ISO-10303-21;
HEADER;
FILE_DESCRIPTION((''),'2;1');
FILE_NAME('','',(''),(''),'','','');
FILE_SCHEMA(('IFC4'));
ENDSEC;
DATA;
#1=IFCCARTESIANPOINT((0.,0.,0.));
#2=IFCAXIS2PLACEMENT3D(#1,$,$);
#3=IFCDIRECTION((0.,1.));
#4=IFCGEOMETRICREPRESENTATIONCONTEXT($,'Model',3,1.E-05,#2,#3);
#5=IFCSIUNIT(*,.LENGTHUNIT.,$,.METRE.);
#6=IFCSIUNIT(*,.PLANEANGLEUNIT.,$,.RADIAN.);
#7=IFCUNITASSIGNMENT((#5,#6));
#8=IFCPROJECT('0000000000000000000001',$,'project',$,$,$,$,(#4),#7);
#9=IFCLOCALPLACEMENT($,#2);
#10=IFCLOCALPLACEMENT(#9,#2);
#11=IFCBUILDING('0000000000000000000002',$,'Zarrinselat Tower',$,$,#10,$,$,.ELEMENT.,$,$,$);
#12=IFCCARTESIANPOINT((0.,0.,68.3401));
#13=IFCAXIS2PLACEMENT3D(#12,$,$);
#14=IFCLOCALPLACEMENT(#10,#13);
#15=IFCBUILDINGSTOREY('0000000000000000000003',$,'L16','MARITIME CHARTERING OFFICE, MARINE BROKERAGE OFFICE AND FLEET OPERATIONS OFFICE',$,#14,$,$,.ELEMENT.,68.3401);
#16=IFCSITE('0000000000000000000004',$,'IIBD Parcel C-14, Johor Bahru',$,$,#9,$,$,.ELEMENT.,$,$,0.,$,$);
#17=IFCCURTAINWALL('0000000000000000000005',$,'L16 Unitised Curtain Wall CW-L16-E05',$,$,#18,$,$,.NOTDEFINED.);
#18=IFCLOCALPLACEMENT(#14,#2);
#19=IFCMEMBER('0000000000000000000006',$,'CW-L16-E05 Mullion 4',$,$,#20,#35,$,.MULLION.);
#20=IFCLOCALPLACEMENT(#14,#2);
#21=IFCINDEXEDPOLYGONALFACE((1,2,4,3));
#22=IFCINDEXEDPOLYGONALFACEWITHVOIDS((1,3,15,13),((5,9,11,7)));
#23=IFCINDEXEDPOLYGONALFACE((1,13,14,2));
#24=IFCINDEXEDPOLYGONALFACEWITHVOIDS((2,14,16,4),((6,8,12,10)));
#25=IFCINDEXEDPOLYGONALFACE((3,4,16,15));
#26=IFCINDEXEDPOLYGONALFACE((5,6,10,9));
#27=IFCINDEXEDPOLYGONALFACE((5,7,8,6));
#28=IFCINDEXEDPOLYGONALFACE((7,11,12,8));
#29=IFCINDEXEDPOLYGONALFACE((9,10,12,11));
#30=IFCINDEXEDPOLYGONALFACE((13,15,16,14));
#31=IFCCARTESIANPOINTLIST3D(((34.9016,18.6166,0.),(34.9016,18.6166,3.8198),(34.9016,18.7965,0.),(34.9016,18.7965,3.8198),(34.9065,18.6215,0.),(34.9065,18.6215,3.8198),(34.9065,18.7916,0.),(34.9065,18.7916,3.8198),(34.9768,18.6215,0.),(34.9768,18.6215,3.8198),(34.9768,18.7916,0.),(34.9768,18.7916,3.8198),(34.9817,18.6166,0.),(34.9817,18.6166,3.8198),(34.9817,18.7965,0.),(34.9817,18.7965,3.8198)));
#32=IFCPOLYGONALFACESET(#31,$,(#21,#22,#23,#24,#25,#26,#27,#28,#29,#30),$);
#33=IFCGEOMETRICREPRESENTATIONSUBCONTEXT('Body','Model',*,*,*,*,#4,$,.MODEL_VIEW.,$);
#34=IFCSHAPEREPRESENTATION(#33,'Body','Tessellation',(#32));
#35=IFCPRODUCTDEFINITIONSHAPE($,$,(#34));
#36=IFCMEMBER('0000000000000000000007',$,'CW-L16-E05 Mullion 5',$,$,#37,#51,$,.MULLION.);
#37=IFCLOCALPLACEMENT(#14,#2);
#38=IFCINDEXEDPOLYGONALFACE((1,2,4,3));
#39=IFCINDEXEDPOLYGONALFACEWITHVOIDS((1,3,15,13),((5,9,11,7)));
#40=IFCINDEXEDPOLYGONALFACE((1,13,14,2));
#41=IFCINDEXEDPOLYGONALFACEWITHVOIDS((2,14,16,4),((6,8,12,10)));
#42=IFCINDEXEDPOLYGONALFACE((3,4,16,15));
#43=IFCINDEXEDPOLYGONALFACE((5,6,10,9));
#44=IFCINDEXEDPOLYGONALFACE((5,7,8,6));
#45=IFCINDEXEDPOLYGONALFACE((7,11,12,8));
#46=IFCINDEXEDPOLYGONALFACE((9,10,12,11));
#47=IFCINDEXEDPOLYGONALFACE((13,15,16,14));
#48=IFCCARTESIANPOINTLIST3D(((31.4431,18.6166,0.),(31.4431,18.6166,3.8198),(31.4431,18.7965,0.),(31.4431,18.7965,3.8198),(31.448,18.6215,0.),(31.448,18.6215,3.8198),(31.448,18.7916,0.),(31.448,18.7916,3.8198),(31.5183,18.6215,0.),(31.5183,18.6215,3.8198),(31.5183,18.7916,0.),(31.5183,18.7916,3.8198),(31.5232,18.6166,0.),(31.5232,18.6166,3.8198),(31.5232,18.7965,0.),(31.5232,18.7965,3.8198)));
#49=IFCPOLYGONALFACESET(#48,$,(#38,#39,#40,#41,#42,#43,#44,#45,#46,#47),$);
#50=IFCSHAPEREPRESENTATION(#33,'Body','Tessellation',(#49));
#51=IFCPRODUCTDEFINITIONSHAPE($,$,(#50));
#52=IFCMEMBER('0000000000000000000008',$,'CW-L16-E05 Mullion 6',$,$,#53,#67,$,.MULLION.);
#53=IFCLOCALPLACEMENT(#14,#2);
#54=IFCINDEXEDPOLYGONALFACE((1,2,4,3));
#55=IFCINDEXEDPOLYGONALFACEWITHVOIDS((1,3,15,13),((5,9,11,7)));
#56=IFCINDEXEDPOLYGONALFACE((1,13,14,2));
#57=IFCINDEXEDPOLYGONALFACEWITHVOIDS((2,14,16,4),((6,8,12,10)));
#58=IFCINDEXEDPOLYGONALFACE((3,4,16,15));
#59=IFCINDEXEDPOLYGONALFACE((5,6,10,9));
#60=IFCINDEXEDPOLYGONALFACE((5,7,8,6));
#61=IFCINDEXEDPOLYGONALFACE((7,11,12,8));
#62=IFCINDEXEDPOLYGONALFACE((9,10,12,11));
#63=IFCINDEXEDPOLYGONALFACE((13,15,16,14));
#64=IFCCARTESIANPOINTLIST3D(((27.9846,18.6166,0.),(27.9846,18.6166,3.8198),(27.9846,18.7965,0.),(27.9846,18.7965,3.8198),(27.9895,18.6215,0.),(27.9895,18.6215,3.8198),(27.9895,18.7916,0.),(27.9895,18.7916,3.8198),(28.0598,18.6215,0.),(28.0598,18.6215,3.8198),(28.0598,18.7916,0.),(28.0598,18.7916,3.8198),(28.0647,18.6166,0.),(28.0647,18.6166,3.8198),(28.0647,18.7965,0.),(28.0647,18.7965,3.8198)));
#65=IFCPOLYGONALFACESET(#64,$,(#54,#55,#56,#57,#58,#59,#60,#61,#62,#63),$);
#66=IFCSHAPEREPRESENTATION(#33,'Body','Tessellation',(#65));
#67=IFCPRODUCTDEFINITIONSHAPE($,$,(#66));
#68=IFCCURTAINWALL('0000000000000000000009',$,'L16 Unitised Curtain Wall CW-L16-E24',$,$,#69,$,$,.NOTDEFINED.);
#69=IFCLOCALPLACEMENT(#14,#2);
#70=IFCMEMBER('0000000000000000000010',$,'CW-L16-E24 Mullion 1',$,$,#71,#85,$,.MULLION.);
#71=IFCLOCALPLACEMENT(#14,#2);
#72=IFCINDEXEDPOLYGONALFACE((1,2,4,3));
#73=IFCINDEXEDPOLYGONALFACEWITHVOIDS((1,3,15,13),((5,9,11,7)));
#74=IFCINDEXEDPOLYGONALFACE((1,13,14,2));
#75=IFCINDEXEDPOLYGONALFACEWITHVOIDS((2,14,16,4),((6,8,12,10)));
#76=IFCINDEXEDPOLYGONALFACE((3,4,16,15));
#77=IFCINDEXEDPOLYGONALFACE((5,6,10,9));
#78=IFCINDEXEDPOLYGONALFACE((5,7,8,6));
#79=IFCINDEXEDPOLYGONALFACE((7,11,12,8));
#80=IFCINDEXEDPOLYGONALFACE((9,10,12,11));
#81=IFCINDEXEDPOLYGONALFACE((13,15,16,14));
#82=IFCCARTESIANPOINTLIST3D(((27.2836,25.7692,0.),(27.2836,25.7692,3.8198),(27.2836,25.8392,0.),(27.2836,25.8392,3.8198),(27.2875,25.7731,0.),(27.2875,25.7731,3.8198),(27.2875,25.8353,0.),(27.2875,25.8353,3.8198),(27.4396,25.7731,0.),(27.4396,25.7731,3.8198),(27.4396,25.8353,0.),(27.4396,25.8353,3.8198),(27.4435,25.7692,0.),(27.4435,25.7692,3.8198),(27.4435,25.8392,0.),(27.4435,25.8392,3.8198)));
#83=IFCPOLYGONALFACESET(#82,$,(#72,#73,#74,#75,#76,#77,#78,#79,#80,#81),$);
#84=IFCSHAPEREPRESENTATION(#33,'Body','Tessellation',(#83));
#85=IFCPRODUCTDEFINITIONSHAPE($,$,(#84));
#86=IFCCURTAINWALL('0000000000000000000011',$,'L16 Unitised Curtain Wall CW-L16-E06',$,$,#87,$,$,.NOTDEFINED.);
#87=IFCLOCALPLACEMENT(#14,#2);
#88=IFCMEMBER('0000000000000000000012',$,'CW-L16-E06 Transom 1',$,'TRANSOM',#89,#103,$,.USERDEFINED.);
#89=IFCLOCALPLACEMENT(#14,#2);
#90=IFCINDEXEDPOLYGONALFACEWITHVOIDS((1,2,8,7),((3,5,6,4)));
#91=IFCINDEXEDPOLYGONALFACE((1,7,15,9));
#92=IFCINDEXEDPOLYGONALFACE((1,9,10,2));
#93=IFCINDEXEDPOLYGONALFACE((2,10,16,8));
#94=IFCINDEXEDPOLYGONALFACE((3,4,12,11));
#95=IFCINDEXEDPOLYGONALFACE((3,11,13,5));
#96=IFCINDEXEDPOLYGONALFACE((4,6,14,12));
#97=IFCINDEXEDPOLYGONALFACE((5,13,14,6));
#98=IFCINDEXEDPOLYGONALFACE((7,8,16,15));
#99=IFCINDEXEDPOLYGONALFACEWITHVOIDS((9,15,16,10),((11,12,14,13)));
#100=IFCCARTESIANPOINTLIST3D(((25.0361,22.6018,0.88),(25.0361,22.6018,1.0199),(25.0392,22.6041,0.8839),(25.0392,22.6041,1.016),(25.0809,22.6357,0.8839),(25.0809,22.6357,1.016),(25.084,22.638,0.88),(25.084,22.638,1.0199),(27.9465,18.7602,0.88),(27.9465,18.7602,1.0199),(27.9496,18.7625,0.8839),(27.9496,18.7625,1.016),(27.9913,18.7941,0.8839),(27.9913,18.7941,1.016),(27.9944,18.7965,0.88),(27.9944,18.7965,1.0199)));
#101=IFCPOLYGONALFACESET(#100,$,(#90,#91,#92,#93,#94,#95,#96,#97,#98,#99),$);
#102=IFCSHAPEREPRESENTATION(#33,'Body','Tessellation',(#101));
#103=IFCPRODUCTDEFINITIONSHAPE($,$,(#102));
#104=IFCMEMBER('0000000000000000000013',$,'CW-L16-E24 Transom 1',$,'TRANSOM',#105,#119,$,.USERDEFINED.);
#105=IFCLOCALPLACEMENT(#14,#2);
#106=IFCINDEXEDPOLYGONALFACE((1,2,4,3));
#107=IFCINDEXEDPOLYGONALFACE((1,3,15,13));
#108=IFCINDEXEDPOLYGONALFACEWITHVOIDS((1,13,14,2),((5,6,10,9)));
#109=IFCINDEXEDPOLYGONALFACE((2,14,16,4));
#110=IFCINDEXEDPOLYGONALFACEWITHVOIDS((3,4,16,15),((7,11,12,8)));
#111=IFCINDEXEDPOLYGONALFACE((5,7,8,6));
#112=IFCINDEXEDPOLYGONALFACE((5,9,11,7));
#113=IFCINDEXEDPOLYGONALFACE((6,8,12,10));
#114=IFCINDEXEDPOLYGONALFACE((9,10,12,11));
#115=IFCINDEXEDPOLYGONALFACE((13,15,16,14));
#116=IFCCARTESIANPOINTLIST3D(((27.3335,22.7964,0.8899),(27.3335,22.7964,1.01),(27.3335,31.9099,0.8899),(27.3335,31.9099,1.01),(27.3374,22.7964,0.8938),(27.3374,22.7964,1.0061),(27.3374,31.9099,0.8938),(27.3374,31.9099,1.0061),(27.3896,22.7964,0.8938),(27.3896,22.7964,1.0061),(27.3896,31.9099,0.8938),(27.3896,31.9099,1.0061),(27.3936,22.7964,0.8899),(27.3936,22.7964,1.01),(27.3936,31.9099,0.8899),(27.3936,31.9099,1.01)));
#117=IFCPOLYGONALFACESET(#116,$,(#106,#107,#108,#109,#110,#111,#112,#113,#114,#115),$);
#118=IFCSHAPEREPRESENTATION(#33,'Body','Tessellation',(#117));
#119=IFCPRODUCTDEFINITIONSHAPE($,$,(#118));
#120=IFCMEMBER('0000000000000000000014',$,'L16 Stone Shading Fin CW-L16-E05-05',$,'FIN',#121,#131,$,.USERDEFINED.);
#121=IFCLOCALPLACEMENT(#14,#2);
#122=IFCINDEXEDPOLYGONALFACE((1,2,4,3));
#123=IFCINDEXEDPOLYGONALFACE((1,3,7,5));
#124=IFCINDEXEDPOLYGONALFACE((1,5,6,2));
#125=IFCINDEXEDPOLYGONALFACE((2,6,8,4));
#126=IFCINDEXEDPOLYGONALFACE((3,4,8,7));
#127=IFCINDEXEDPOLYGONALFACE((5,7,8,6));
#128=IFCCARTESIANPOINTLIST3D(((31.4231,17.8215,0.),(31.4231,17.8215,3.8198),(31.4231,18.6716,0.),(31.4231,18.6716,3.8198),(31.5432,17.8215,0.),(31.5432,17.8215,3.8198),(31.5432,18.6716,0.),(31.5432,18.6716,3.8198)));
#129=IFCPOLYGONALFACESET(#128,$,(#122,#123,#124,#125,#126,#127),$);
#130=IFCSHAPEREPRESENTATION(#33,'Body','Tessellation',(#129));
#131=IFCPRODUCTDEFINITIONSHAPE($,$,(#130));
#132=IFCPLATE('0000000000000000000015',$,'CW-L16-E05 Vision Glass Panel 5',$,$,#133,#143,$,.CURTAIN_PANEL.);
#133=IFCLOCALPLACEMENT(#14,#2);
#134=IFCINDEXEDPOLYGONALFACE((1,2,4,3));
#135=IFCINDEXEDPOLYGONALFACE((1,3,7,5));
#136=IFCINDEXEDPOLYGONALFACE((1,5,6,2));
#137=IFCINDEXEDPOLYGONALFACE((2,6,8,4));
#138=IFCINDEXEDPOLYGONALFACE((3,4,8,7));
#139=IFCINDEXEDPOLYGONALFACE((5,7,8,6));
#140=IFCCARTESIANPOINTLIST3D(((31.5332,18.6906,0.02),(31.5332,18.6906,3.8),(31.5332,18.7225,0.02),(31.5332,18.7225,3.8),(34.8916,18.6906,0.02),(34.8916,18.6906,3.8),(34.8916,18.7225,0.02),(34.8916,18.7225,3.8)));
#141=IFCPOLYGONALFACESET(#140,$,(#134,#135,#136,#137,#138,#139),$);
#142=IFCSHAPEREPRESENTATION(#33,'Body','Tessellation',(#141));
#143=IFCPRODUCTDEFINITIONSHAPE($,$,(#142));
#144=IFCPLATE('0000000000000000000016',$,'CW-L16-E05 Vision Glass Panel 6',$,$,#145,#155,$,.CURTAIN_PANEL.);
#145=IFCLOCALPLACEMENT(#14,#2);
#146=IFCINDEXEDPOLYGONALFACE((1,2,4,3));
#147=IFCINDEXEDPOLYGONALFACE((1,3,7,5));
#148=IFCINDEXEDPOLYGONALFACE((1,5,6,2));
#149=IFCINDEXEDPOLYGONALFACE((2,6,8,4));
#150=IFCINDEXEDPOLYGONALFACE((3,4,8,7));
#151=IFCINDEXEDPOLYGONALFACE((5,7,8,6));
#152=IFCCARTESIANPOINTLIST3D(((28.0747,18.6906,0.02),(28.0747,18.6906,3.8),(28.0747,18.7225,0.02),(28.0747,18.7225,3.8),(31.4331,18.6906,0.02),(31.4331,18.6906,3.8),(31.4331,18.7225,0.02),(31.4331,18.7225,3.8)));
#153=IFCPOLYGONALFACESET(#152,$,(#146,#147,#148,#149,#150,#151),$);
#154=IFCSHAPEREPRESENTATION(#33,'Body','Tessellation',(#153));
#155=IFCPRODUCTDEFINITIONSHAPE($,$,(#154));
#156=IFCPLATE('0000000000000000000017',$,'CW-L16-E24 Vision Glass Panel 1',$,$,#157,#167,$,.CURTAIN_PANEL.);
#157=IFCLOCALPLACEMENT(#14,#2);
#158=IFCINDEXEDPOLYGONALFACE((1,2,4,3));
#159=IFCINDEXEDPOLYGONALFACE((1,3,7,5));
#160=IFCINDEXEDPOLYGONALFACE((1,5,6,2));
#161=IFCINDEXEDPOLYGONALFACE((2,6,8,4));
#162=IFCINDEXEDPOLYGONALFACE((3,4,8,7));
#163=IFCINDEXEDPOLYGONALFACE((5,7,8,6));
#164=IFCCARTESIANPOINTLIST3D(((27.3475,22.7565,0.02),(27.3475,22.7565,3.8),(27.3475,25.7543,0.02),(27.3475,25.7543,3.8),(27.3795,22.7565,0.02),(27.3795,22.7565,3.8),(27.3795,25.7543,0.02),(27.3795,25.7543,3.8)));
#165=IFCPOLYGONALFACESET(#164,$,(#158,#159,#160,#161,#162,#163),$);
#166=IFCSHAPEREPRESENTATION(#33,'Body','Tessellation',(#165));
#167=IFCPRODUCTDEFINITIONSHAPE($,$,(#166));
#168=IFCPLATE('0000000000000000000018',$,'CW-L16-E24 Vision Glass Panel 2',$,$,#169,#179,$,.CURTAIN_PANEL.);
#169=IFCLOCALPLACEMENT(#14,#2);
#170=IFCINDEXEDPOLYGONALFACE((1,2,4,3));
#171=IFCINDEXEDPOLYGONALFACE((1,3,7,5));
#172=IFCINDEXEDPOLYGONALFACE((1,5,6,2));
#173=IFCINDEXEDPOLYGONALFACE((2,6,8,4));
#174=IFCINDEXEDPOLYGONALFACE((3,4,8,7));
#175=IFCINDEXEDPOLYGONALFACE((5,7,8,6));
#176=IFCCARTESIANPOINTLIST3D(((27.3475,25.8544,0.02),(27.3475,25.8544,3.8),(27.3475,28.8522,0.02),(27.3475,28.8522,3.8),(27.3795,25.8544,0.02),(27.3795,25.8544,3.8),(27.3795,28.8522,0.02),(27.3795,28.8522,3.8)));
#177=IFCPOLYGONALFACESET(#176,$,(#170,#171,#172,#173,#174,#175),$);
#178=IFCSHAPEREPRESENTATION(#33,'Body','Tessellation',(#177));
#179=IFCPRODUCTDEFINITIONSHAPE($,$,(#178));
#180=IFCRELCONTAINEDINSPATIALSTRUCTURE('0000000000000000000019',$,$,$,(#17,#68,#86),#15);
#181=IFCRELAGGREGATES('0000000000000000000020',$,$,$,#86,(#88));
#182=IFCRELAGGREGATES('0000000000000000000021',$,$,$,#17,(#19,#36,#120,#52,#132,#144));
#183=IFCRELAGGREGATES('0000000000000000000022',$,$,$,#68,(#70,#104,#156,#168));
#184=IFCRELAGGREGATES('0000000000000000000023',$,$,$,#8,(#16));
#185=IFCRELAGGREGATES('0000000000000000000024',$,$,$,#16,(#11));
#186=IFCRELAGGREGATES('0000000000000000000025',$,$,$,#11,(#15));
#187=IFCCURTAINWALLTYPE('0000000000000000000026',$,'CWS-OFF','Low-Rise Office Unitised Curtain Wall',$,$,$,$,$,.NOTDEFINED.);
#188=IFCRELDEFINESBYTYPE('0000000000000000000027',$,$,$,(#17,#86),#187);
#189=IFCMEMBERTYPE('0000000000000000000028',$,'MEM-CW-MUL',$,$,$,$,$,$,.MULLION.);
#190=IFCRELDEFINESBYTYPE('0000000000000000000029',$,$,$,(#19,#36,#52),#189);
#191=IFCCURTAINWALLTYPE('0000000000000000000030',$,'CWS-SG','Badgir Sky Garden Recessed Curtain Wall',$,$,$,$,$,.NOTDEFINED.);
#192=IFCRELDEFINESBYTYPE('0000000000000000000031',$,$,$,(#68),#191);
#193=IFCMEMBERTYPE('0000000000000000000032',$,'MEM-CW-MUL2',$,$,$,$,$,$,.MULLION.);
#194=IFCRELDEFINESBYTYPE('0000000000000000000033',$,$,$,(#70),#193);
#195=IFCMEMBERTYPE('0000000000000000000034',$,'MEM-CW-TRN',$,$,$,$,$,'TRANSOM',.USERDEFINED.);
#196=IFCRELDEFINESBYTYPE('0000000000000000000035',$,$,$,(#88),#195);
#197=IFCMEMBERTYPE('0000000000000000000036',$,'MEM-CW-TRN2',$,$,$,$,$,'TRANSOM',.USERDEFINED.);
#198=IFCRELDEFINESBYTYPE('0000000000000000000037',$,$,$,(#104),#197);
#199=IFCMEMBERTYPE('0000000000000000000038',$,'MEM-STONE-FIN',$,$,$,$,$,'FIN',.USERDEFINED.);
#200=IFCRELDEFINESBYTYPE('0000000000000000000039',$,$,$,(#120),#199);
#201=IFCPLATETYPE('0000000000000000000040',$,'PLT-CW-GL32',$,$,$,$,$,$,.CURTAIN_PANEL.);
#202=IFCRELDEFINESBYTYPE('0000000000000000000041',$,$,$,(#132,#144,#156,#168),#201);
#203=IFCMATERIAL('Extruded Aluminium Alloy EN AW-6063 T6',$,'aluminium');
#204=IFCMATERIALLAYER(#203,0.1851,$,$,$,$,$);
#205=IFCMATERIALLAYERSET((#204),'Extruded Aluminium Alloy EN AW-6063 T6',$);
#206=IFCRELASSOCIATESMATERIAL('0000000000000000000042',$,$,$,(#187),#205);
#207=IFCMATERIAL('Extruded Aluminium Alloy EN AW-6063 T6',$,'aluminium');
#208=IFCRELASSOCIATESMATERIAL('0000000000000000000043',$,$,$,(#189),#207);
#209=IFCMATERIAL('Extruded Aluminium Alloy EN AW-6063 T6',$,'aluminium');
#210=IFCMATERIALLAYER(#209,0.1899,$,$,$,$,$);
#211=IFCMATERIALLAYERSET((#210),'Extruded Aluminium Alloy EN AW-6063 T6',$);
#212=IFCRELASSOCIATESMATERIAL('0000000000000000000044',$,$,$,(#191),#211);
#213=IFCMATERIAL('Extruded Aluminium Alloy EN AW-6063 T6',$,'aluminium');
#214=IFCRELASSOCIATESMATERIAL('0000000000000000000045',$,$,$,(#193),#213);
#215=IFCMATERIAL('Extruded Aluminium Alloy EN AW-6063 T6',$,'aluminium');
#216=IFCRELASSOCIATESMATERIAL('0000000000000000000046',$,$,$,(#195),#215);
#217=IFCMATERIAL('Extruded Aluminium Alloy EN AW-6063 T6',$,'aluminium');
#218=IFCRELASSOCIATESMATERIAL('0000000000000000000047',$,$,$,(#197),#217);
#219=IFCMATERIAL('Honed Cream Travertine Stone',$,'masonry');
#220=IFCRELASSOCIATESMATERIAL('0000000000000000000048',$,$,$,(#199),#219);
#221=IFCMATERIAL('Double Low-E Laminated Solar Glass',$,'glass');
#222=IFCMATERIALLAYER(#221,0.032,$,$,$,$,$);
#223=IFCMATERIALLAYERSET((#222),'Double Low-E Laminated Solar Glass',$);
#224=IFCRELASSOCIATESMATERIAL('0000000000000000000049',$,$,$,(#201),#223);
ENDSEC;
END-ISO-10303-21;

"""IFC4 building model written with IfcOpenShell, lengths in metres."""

from ifc_helpers import new_model, si_unit, direction, frame, origin, origin_2d, place, context, subcontext, project, spatial, rectangle, hollow_rectangle, extrude, material, layer, layer_set, material_profile, profile_set, type_object, element, aggregate, save


model = new_model("IFC4")

# Units and contexts
model_context = context("Model", 3, precision=1e-05, world=origin(), true_north=direction((0.0, 1.0)))
body_context = subcontext(model_context, "Body", "Model", "MODEL_VIEW")
ifc_project = project(units=[si_unit("LENGTHUNIT", "METRE"), si_unit("PLANEANGLEUNIT", "RADIAN")], contexts=[model_context])

# Site, building, storey
site_placement = place(None, origin())
site = spatial("IfcSite", under=ifc_project, at=site_placement, Name="IIBD Parcel C-14, Johor Bahru", CompositionType="ELEMENT", RefElevation=0.0)
building_placement = place(site_placement, origin())
building = spatial("IfcBuilding", under=site, at=building_placement, Name="Zarrinselat Tower", CompositionType="ELEMENT")
storey_placement = place(building_placement, frame((0.0, 0.0, 68.3401)))
storey = spatial("IfcBuildingStorey", under=building, at=storey_placement, Name="L16", Description="MARITIME CHARTERING OFFICE, MARINE BROKERAGE OFFICE AND FLEET OPERATIONS OFFICE", CompositionType="ELEMENT", Elevation=68.3401)

# Curtain wall, members
ifc_material_1 = material(Name="Extruded Aluminium Alloy EN AW-6063 T6", Category="aluminium")
ifc_layer_1 = layer(ifc_material_1, 0.1851)
ifc_layer_set_1 = layer_set([ifc_layer_1], Name="Extruded Aluminium Alloy EN AW-6063 T6")
curtain_wall_type_1 = type_object("IfcCurtainWallType", Name="CWS-OFF", Description="Low-Rise Office Unitised Curtain Wall", PredefinedType="NOTDEFINED", material=ifc_layer_set_1)
curtain_wall_1_placement = place(storey_placement, origin())
curtain_wall_1 = element("IfcCurtainWall", 1, at=curtain_wall_1_placement, inside=storey, type_object=curtain_wall_type_1, Name="L16 Unitised Curtain Wall CW-L16-E05", PredefinedType="NOTDEFINED")
ifc_material_2 = material(Name="Extruded Aluminium Alloy EN AW-6063 T6", Category="aluminium")
ifc_material_profile_1 = material_profile(ifc_material_2, hollow_rectangle(XDim=0.0801, YDim=0.1799, WallThickness=0.0049, at=origin_2d()), Name="RHS 180x80x5")
ifc_profile_set_1 = profile_set([ifc_material_profile_1], Name="Extruded Aluminium Alloy EN AW-6063 T6")
member_type_1 = type_object("IfcMemberType", Name="MEM-CW-MUL", PredefinedType="MULLION", material=ifc_profile_set_1)
member_1_placement = place(storey_placement, frame((34.9417, 18.7065, 0.0), z_axis=(0.0, 0.0, 1.0), x_axis=(-1.0, 0.0, 0.0)))
member_1 = element("IfcMember", 2, at=member_1_placement, type_object=member_type_1, Name="CW-L16-E05 Mullion 4", PredefinedType="MULLION", context=body_context, shape_type="SweptSolid", body=[
    extrude(hollow_rectangle(XDim=0.0801, YDim=0.1799, WallThickness=0.0049, at=origin_2d()), origin(), (0.0, 0.0, 1.0), 3.8198),
])
member_2_placement = place(storey_placement, frame((31.4832, 18.7065, 0.0), z_axis=(0.0, 0.0, 1.0), x_axis=(-1.0, 0.0, 0.0)))
member_2 = element("IfcMember", 3, at=member_2_placement, type_object=member_type_1, Name="CW-L16-E05 Mullion 5", PredefinedType="MULLION", context=body_context, shape_type="SweptSolid", body=[
    extrude(hollow_rectangle(XDim=0.0801, YDim=0.1799, WallThickness=0.0049, at=origin_2d()), origin(), (0.0, 0.0, 1.0), 3.8198),
])
member_3_placement = place(storey_placement, frame((28.0247, 18.7065, 0.0), z_axis=(0.0, 0.0, 1.0), x_axis=(-1.0, 0.0, 0.0)))
member_3 = element("IfcMember", 4, at=member_3_placement, type_object=member_type_1, Name="CW-L16-E05 Mullion 6", PredefinedType="MULLION", context=body_context, shape_type="SweptSolid", body=[
    extrude(hollow_rectangle(XDim=0.0801, YDim=0.1799, WallThickness=0.0049, at=origin_2d()), origin(), (0.0, 0.0, 1.0), 3.8198),
])

# Curtain walls, members
ifc_material_3 = material(Name="Extruded Aluminium Alloy EN AW-6063 T6", Category="aluminium")
ifc_layer_2 = layer(ifc_material_3, 0.1899)
ifc_layer_set_2 = layer_set([ifc_layer_2], Name="Extruded Aluminium Alloy EN AW-6063 T6")
curtain_wall_type_2 = type_object("IfcCurtainWallType", Name="CWS-SG", Description="Badgir Sky Garden Recessed Curtain Wall", PredefinedType="NOTDEFINED", material=ifc_layer_set_2)
curtain_wall_2_placement = place(storey_placement, origin())
curtain_wall_2 = element("IfcCurtainWall", 5, at=curtain_wall_2_placement, inside=storey, type_object=curtain_wall_type_2, Name="L16 Unitised Curtain Wall CW-L16-E24", PredefinedType="NOTDEFINED")
ifc_material_4 = material(Name="Extruded Aluminium Alloy EN AW-6063 T6", Category="aluminium")
ifc_material_profile_2 = material_profile(ifc_material_4, hollow_rectangle(XDim=0.0701, YDim=0.1599, WallThickness=0.0039, at=origin_2d()), Name="RHS 160x70x4")
ifc_profile_set_2 = profile_set([ifc_material_profile_2], Name="Extruded Aluminium Alloy EN AW-6063 T6")
member_type_2 = type_object("IfcMemberType", Name="MEM-CW-MUL2", PredefinedType="MULLION", material=ifc_profile_set_2)
member_4_placement = place(storey_placement, frame((27.3635, 25.8042, 0.0), z_axis=(0.0, 0.0, 1.0), x_axis=(0.0, 1.0, 0.0)))
member_4 = element("IfcMember", 6, at=member_4_placement, type_object=member_type_2, Name="CW-L16-E24 Mullion 1", PredefinedType="MULLION", context=body_context, shape_type="SweptSolid", body=[
    extrude(hollow_rectangle(XDim=0.0701, YDim=0.1599, WallThickness=0.0039, at=origin_2d()), origin(), (0.0, 0.0, 1.0), 3.8198),
])
curtain_wall_3_placement = place(storey_placement, origin())
curtain_wall_3 = element("IfcCurtainWall", 7, at=curtain_wall_3_placement, inside=storey, type_object=curtain_wall_type_1, Name="L16 Unitised Curtain Wall CW-L16-E06", PredefinedType="NOTDEFINED")
ifc_material_5 = material(Name="Extruded Aluminium Alloy EN AW-6063 T6", Category="aluminium")
ifc_material_profile_3 = material_profile(ifc_material_5, hollow_rectangle(XDim=0.0601, YDim=0.1399, WallThickness=0.0039, at=origin_2d()), Name="RHS 140x60x4")
ifc_profile_set_3 = profile_set([ifc_material_profile_3], Name="Extruded Aluminium Alloy EN AW-6063 T6")
member_type_3 = type_object("IfcMemberType", Name="MEM-CW-TRN", ElementType="TRANSOM", PredefinedType="USERDEFINED", material=ifc_profile_set_3)
member_5_placement = place(storey_placement, frame((27.9705, 18.7783, 0.95), z_axis=(-0.603875, 0.797079, 0.0), x_axis=(-0.797079, -0.603875, 0.0)))
member_5 = element("IfcMember", 8, at=member_5_placement, type_object=member_type_3, Name="CW-L16-E06 Transom 1", ObjectType="TRANSOM", PredefinedType="USERDEFINED", context=body_context, shape_type="SweptSolid", body=[
    extrude(hollow_rectangle(XDim=0.0601, YDim=0.1399, WallThickness=0.0039, at=origin_2d()), origin(), (0.0, 0.0, 1.0), 4.8196),
])
aggregate(curtain_wall_3, [member_5])

# Members
ifc_material_6 = material(Name="Extruded Aluminium Alloy EN AW-6063 T6", Category="aluminium")
ifc_material_profile_4 = material_profile(ifc_material_6, hollow_rectangle(XDim=0.0601, YDim=0.1201, WallThickness=0.0039, at=origin_2d()), Name="RHS 120x60x4")
ifc_profile_set_4 = profile_set([ifc_material_profile_4], Name="Extruded Aluminium Alloy EN AW-6063 T6")
member_type_4 = type_object("IfcMemberType", Name="MEM-CW-TRN2", ElementType="TRANSOM", PredefinedType="USERDEFINED", material=ifc_profile_set_4)
member_6_placement = place(storey_placement, frame((27.3635, 22.7964, 0.95), z_axis=(0.0, 1.0, 0.0), x_axis=(-1.0, 0.0, 0.0)))
member_6 = element("IfcMember", 9, at=member_6_placement, type_object=member_type_4, Name="CW-L16-E24 Transom 1", ObjectType="TRANSOM", PredefinedType="USERDEFINED", context=body_context, shape_type="SweptSolid", body=[
    extrude(hollow_rectangle(XDim=0.0601, YDim=0.1201, WallThickness=0.0039, at=origin_2d()), origin(), (0.0, 0.0, 1.0), 9.1135),
])
ifc_material_7 = material(Name="Honed Cream Travertine Stone", Category="masonry")
ifc_material_profile_5 = material_profile(ifc_material_7, rectangle(XDim=0.1201, YDim=0.8501, at=origin_2d()), Name="FIN 850x120")
ifc_profile_set_5 = profile_set([ifc_material_profile_5], Name="Honed Cream Travertine Stone")
member_type_5 = type_object("IfcMemberType", Name="MEM-STONE-FIN", ElementType="FIN", PredefinedType="USERDEFINED", material=ifc_profile_set_5)
member_7_placement = place(storey_placement, frame((31.4832, 18.2466, 0.0), z_axis=(0.0, 0.0, 1.0), x_axis=(-1.0, 0.0, 0.0)))
member_7 = element("IfcMember", 10, at=member_7_placement, type_object=member_type_5, Name="L16 Stone Shading Fin CW-L16-E05-05", ObjectType="FIN", PredefinedType="USERDEFINED", context=body_context, shape_type="SweptSolid", body=[
    extrude(rectangle(XDim=0.1201, YDim=0.8501, at=origin_2d()), origin(), (0.0, 0.0, 1.0), 3.8198),
])

# Plates
ifc_material_8 = material(Name="Double Low-E Laminated Solar Glass", Category="glass")
ifc_layer_3 = layer(ifc_material_8, 0.032)
ifc_layer_set_3 = layer_set([ifc_layer_3], Name="Double Low-E Laminated Solar Glass")
plate_type = type_object("IfcPlateType", Name="PLT-CW-GL32", PredefinedType="CURTAIN_PANEL", material=ifc_layer_set_3)
plate_1_placement = place(storey_placement, frame((33.2124, 18.7065, 0.02), z_axis=(0.0, 0.0, 1.0), x_axis=(-1.0, 0.0, 0.0)))
plate_1 = element("IfcPlate", 11, at=plate_1_placement, type_object=plate_type, Name="CW-L16-E05 Vision Glass Panel 5", PredefinedType="CURTAIN_PANEL", context=body_context, shape_type="SweptSolid", body=[
    extrude(rectangle(XDim=3.3584, YDim=0.032, at=origin_2d()), origin(), (0.0, 0.0, 1.0), 3.78),
])
plate_2_placement = place(storey_placement, frame((29.7539, 18.7065, 0.02), z_axis=(0.0, 0.0, 1.0), x_axis=(-1.0, 0.0, 0.0)))
plate_2 = element("IfcPlate", 12, at=plate_2_placement, type_object=plate_type, Name="CW-L16-E05 Vision Glass Panel 6", PredefinedType="CURTAIN_PANEL", context=body_context, shape_type="SweptSolid", body=[
    extrude(rectangle(XDim=3.3584, YDim=0.032, at=origin_2d()), origin(), (0.0, 0.0, 1.0), 3.78),
])
aggregate(curtain_wall_1, [member_1, member_2, member_7, member_3, plate_1, plate_2])
plate_3_placement = place(storey_placement, frame((27.3635, 24.2554, 0.02), z_axis=(0.0, 0.0, 1.0), x_axis=(0.0, 1.0, 0.0)))
plate_3 = element("IfcPlate", 13, at=plate_3_placement, type_object=plate_type, Name="CW-L16-E24 Vision Glass Panel 1", PredefinedType="CURTAIN_PANEL", context=body_context, shape_type="SweptSolid", body=[
    extrude(rectangle(XDim=2.9978, YDim=0.032, at=origin_2d()), origin(), (0.0, 0.0, 1.0), 3.78),
])
plate_4_placement = place(storey_placement, frame((27.3635, 27.3533, 0.02), z_axis=(0.0, 0.0, 1.0), x_axis=(0.0, 1.0, 0.0)))
plate_4 = element("IfcPlate", 14, at=plate_4_placement, type_object=plate_type, Name="CW-L16-E24 Vision Glass Panel 2", PredefinedType="CURTAIN_PANEL", context=body_context, shape_type="SweptSolid", body=[
    extrude(rectangle(XDim=2.9978, YDim=0.032, at=origin_2d()), origin(), (0.0, 0.0, 1.0), 3.78),
])
aggregate(curtain_wall_2, [member_4, member_6, plate_3, plate_4])

save(model, "model.ifc")
